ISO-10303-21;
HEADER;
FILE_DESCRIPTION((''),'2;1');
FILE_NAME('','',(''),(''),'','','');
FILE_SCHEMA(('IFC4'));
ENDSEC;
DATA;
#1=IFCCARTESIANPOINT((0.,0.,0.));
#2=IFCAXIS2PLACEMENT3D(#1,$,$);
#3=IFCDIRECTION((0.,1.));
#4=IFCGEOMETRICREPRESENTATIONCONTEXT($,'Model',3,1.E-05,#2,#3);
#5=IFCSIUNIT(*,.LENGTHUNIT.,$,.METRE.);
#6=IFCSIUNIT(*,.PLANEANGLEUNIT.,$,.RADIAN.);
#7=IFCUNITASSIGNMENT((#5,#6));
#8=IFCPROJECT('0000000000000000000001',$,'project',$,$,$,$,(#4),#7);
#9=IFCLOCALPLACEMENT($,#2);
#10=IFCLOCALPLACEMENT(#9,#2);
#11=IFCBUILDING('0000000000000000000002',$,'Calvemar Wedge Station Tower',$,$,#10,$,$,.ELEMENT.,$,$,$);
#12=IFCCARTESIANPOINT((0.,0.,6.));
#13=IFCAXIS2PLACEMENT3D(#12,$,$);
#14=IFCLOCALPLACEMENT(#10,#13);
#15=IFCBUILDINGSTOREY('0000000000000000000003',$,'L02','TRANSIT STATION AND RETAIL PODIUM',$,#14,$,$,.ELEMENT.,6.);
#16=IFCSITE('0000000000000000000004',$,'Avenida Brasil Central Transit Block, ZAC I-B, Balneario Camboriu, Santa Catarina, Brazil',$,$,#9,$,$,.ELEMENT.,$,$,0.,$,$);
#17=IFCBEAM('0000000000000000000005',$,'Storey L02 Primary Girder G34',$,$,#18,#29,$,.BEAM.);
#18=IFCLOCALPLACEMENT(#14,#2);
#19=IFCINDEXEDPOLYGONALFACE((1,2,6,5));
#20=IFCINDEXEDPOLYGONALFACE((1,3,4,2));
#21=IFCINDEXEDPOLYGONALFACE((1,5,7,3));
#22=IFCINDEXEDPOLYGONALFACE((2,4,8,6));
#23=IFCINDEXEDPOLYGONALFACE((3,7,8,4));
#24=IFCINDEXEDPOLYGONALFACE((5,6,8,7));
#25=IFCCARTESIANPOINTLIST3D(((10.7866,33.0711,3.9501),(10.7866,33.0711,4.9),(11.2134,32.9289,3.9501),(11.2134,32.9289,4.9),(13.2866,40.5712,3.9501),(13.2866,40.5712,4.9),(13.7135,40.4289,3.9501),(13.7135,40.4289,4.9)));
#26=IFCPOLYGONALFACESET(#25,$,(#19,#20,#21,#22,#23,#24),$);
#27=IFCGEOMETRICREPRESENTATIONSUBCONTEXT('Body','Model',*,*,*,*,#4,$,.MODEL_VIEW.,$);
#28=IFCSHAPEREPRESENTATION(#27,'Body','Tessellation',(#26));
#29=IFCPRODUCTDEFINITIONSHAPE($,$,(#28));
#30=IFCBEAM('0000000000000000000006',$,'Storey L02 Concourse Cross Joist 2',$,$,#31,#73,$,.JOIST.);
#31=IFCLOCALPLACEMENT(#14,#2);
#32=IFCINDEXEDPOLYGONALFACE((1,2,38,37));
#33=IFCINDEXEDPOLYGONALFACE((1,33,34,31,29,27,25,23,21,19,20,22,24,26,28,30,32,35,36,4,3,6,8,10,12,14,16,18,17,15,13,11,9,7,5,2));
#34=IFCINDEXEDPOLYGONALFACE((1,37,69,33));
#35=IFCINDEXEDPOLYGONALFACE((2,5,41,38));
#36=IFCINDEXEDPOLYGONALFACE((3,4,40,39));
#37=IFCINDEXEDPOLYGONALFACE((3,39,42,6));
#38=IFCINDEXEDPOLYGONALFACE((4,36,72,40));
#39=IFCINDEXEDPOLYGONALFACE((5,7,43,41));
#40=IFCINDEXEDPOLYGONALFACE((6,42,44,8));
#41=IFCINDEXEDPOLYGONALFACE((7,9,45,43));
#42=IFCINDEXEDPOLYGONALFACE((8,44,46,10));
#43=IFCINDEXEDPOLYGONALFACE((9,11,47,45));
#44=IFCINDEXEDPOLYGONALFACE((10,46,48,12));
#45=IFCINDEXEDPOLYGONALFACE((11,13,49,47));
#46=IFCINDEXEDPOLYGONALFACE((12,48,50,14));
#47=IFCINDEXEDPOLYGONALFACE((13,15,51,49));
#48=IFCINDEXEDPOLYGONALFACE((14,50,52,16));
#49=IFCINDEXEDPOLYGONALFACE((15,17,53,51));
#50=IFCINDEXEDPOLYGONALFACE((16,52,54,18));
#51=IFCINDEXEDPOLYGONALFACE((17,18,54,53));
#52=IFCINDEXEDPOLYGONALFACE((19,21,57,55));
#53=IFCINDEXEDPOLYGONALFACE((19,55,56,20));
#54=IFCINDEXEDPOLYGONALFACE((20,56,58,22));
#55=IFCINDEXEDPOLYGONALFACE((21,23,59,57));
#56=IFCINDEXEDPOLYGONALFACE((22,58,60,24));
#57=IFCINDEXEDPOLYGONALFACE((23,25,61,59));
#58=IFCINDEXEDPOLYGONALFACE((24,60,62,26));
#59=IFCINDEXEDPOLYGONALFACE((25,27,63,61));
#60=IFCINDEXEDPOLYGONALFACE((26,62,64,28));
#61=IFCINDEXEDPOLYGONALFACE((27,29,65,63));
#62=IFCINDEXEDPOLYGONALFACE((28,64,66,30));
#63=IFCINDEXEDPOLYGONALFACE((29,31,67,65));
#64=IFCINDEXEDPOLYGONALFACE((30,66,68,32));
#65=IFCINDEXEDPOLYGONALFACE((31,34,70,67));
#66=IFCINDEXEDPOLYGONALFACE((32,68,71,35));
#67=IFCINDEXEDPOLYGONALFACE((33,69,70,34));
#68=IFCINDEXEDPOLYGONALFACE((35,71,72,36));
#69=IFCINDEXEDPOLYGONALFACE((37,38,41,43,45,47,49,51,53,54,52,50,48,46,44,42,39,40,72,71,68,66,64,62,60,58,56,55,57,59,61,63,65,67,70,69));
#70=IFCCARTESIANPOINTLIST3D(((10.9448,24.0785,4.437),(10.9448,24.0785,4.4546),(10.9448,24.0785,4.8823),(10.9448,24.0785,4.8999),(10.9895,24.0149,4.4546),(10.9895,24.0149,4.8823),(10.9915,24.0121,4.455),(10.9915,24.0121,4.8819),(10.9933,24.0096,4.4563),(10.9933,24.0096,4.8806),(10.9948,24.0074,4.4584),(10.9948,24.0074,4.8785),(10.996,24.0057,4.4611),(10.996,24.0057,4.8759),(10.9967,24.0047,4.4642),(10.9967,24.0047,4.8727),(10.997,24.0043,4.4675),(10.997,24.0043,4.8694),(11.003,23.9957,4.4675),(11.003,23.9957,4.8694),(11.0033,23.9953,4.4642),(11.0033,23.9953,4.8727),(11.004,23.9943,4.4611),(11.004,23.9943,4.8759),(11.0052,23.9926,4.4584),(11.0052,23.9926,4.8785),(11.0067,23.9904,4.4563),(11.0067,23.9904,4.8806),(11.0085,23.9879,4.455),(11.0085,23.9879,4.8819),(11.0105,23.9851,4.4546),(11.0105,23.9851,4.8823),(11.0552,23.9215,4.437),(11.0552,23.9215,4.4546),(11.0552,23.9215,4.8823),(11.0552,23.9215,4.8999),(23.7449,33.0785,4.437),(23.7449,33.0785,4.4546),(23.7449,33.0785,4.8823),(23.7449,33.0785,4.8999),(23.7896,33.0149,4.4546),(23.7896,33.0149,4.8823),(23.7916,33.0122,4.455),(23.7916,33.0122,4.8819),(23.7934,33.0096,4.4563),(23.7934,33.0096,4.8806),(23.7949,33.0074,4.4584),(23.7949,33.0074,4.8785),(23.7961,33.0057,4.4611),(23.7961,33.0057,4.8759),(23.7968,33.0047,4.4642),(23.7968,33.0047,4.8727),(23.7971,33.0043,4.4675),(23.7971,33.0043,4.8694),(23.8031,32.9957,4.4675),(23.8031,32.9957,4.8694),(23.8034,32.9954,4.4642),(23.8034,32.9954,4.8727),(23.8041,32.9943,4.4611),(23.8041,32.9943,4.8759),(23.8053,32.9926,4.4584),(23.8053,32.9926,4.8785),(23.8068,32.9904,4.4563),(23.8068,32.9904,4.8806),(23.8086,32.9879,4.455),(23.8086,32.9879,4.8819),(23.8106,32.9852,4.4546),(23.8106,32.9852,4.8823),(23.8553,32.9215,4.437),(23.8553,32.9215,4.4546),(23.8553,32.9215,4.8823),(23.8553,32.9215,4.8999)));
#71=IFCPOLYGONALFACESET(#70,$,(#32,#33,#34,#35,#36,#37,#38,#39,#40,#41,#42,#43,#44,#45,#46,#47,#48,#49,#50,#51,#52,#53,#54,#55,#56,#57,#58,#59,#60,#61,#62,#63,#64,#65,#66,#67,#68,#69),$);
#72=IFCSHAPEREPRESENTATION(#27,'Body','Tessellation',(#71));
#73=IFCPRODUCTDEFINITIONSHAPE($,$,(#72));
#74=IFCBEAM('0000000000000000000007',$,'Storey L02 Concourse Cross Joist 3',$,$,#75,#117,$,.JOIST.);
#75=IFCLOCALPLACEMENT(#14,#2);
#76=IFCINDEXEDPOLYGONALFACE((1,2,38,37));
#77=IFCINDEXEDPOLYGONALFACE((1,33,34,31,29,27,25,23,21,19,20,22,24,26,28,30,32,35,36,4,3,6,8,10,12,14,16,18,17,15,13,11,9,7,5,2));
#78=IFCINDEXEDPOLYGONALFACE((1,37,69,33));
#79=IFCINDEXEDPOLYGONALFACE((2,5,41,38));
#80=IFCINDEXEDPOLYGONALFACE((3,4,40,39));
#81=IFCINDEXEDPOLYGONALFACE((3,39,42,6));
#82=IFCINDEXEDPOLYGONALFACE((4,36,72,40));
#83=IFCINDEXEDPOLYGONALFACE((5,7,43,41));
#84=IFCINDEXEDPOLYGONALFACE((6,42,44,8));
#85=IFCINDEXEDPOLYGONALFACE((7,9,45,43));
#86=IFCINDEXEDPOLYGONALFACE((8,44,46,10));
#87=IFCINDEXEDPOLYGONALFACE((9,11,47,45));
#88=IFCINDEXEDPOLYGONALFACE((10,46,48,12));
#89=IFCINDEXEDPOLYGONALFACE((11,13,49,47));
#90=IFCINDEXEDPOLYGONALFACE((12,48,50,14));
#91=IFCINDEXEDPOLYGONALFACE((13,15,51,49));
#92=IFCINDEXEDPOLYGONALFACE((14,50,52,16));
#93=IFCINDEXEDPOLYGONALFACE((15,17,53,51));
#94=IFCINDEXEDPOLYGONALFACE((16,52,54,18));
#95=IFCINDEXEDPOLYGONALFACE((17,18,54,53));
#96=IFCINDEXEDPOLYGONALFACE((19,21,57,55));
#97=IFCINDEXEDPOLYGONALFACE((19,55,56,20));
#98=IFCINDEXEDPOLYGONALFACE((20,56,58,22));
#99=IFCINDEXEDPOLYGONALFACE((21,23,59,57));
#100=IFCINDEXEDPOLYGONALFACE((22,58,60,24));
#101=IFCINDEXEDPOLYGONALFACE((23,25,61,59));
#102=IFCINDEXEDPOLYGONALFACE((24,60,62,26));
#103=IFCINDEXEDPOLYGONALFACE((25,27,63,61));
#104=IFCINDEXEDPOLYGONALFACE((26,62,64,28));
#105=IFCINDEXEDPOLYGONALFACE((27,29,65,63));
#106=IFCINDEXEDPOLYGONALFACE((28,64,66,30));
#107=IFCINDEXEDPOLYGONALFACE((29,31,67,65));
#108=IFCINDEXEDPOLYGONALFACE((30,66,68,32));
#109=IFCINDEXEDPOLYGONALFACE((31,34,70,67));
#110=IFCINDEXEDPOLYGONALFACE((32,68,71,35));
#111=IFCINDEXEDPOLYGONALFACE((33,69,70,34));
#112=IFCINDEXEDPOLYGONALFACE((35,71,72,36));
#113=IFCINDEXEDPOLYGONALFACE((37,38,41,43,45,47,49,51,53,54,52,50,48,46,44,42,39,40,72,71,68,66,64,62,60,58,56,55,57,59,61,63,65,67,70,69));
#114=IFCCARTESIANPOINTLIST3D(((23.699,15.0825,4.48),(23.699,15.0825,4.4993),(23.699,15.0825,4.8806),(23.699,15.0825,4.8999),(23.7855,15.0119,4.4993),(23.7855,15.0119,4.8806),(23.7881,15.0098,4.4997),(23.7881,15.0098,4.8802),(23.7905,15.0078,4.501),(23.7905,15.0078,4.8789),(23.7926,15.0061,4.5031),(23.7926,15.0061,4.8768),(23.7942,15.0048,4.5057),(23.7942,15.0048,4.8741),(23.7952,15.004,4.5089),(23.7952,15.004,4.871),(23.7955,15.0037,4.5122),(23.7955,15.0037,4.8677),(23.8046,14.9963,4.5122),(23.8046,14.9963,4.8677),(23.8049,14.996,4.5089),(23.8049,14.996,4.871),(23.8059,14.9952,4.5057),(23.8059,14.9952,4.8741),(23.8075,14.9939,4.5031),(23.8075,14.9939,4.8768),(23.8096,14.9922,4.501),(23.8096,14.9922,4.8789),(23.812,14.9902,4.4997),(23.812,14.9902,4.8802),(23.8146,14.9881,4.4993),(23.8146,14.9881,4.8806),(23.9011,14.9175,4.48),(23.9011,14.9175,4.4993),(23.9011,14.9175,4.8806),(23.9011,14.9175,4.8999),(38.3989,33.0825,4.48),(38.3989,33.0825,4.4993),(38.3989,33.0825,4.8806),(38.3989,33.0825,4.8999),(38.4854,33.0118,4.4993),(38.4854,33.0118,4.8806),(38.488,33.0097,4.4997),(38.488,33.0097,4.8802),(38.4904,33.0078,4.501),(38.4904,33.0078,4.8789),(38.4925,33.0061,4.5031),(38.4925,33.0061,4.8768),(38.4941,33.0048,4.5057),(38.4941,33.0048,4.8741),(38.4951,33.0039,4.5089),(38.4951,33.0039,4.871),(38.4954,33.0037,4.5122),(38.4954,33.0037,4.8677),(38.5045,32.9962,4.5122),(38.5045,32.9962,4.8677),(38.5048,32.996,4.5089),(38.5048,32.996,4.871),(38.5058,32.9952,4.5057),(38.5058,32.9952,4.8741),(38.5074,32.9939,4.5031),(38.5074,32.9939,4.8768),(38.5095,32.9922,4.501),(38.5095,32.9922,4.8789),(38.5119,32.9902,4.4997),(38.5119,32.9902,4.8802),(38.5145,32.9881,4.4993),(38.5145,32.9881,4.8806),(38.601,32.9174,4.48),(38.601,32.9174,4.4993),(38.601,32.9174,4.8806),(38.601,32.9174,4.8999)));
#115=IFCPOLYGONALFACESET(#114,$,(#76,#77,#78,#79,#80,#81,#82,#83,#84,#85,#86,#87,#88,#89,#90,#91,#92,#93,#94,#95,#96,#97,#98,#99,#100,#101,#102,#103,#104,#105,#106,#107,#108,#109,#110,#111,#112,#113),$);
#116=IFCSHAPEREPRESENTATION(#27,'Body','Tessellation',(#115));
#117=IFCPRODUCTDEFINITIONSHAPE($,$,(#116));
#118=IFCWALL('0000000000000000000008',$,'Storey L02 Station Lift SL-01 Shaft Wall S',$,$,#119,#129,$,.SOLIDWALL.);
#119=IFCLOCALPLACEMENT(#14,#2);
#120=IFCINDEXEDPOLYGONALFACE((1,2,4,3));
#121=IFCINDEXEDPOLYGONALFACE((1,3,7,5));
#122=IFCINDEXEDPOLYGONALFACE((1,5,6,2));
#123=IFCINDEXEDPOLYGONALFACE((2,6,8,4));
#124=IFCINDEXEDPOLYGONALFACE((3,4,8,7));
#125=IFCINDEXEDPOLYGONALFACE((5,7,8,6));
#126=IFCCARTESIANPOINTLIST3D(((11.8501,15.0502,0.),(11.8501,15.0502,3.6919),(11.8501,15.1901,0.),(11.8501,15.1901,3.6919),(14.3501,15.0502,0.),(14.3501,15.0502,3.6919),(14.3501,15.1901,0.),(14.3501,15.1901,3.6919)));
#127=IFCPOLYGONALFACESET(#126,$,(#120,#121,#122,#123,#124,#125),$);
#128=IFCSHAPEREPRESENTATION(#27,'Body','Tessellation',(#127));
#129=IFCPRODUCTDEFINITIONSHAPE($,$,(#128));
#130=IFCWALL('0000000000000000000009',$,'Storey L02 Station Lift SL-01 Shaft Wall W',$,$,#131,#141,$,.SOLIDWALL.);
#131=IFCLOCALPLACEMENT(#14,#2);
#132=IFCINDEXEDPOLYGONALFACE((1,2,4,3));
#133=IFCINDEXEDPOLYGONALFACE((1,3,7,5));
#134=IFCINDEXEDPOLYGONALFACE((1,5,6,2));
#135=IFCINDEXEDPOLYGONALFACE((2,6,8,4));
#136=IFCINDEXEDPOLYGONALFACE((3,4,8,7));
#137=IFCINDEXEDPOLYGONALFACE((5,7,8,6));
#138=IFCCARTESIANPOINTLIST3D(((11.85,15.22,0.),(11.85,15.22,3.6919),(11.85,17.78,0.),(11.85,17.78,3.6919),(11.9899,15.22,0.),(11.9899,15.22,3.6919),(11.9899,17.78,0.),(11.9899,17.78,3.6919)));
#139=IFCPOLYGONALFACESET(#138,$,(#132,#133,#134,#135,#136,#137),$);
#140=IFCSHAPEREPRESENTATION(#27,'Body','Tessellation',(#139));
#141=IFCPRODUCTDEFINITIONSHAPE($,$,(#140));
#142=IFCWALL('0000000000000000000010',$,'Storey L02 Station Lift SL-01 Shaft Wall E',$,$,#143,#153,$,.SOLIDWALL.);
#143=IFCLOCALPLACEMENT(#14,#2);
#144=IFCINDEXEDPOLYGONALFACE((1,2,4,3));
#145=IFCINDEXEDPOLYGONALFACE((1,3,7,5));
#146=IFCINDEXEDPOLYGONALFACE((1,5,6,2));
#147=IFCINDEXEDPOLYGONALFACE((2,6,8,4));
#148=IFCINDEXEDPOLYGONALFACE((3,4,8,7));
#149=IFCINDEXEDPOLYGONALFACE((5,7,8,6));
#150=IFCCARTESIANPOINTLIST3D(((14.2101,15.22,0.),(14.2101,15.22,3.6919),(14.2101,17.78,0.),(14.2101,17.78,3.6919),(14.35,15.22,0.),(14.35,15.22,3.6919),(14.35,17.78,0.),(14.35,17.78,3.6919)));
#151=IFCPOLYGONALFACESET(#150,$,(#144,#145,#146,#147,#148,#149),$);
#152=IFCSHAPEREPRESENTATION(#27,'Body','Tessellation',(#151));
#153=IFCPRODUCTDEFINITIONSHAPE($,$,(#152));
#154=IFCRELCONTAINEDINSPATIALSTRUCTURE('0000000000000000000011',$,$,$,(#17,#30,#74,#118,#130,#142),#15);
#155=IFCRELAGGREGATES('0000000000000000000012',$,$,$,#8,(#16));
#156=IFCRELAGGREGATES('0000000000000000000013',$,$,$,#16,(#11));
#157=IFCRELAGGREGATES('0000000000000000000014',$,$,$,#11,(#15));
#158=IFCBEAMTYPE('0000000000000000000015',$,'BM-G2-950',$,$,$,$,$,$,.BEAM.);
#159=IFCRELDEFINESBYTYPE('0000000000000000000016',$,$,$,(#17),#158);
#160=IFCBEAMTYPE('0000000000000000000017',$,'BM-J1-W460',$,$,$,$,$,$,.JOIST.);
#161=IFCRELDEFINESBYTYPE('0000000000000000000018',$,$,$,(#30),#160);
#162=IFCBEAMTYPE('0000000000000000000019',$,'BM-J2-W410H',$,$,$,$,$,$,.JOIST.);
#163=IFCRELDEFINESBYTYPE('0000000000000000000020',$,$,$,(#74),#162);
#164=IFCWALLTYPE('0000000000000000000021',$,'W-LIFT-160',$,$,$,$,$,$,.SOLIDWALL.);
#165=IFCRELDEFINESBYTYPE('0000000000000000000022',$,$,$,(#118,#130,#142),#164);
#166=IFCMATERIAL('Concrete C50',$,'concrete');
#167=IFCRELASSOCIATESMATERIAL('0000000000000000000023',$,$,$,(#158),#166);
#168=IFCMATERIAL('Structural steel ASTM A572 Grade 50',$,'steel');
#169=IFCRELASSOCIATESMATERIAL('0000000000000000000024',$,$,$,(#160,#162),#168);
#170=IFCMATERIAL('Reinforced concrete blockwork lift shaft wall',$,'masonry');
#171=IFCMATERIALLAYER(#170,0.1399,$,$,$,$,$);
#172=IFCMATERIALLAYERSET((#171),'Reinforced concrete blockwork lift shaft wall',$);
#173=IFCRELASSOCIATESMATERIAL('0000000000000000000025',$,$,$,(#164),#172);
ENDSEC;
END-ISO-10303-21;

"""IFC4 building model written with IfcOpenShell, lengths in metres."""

from ifc_helpers import new_model, si_unit, direction, frame, frame_2d, origin, origin_2d, place, context, subcontext, project, spatial, rectangle, i_section, extrude, source, transform, mapped, material, layer, layer_set, material_profile, profile_set, type_object, element, save


model = new_model("IFC4")

# Units and contexts
model_context = context("Model", 3, precision=1e-05, world=origin(), true_north=direction((0.0, 1.0)))
body_context = subcontext(model_context, "Body", "Model", "MODEL_VIEW")
ifc_project = project(units=[si_unit("LENGTHUNIT", "METRE"), si_unit("PLANEANGLEUNIT", "RADIAN")], contexts=[model_context])

# Site, building, storey
site_placement = place(None, origin())
site = spatial("IfcSite", under=ifc_project, at=site_placement, Name="Avenida Brasil Central Transit Block, ZAC I-B, Balneario Camboriu, Santa Catarina, Brazil", CompositionType="ELEMENT", RefElevation=0.0)
building_placement = place(site_placement, origin())
building = spatial("IfcBuilding", under=site, at=building_placement, Name="Calvemar Wedge Station Tower", CompositionType="ELEMENT")
storey_placement = place(building_placement, frame((0.0, 0.0, 6.0)))
storey = spatial("IfcBuildingStorey", under=building, at=storey_placement, Name="L02", Description="TRANSIT STATION AND RETAIL PODIUM", CompositionType="ELEMENT", Elevation=6.0)

# Beams
ifc_material_1 = material(Name="Structural steel ASTM A572 Grade 50", Category="steel")
ifc_material_2 = material(Name="Concrete C50", Category="concrete")
ifc_material_profile_1 = material_profile(ifc_material_2, rectangle(XDim=0.45, YDim=0.95, at=origin_2d()), Name="RC450x950")
ifc_profile_set_1 = profile_set([ifc_material_profile_1], Name="Concrete C50")
beam_type_1 = type_object("IfcBeamType", Name="BM-G2-950", PredefinedType="BEAM", material=ifc_profile_set_1)
shared_shape_1 = source(origin(), body_context, "Body", "SweptSolid", [
    extrude(rectangle(XDim=0.45, YDim=0.95, at=origin_2d()), origin(), (0.0, 0.0, 1.0), 7.9058),
])
beam_1_placement = place(storey_placement, frame((11.0, 33.0, 4.425), z_axis=(0.316228, 0.948683, 0.0), x_axis=(-0.948683, 0.316228, 0.0)))
element("IfcBeam", 1, at=beam_1_placement, inside=storey, type_object=beam_type_1, Name="Storey L02 Primary Girder G34", PredefinedType="BEAM", context=body_context, shape_type="MappedRepresentation", body=[
    mapped(shared_shape_1, transform((0.0, 0.0, 0.0), scale=1.0)),
])
ifc_material_profile_2 = material_profile(ifc_material_1, i_section(OverallWidth=0.1919, OverallDepth=0.4629, WebThickness=0.0105, FlangeThickness=0.0176, FilletRadius=0.0129, at=origin_2d()), Name="W460x89")
ifc_profile_set_2 = profile_set([ifc_material_profile_2], Name="Structural steel ASTM A572 Grade 50")
beam_type_2 = type_object("IfcBeamType", Name="BM-J1-W460", PredefinedType="JOIST", material=ifc_profile_set_2)
shared_shape_2 = source(origin(), body_context, "Body", "SweptSolid", [
    extrude(i_section(OverallWidth=0.1919, OverallDepth=0.4629, WebThickness=0.0105, FlangeThickness=0.0176, FilletRadius=0.0129, at=origin_2d()), origin(), (0.0, 0.0, 1.0), 15.6475),
])
beam_2_placement = place(storey_placement, frame((11.0, 24.0, 4.6685), z_axis=(0.81803, 0.575175, 0.0), x_axis=(-0.575175, 0.81803, 0.0)))
element("IfcBeam", 2, at=beam_2_placement, inside=storey, type_object=beam_type_2, Name="Storey L02 Concourse Cross Joist 2", PredefinedType="JOIST", context=body_context, shape_type="MappedRepresentation", body=[
    mapped(shared_shape_2, transform((0.0, 0.0, 0.0), scale=1.0)),
])
ifc_material_profile_3 = material_profile(ifc_material_1, i_section(OverallWidth=0.261, OverallDepth=0.4199, WebThickness=0.0117, FlangeThickness=0.0193, FilletRadius=0.0129, at=origin_2d()), Name="W410x114")
ifc_profile_set_3 = profile_set([ifc_material_profile_3], Name="Structural steel ASTM A572 Grade 50")
beam_type_3 = type_object("IfcBeamType", Name="BM-J2-W410H", PredefinedType="JOIST", material=ifc_profile_set_3)
shared_shape_3 = source(origin(), body_context, "Body", "SweptSolid", [
    extrude(i_section(OverallWidth=0.261, OverallDepth=0.4199, WebThickness=0.0117, FlangeThickness=0.0193, FilletRadius=0.0129, at=origin_2d()), origin(), (0.0, 0.0, 1.0), 23.2397),
])
beam_3_placement = place(storey_placement, frame((23.8, 15.0, 4.6899), z_axis=(0.632533, 0.774533, 0.0), x_axis=(-0.774533, 0.632533, 0.0)))
element("IfcBeam", 3, at=beam_3_placement, inside=storey, type_object=beam_type_3, Name="Storey L02 Concourse Cross Joist 3", PredefinedType="JOIST", context=body_context, shape_type="MappedRepresentation", body=[
    mapped(shared_shape_3, transform((0.0, 0.0, 0.0), scale=1.0)),
])

# Shared definitions
ifc_material_3 = material(Name="Reinforced concrete blockwork lift shaft wall", Category="masonry")
ifc_layer = layer(ifc_material_3, 0.1399)
ifc_layer_set = layer_set([ifc_layer], Name="Reinforced concrete blockwork lift shaft wall")
wall_type = type_object("IfcWallType", Name="W-LIFT-160", PredefinedType="SOLIDWALL", material=ifc_layer_set)

# Walls
wall_1_placement = place(storey_placement, frame((11.8501, 15.1201, 0.0), z_axis=(0.0, 0.0, 1.0), x_axis=(1.0, 0.0, 0.0)))
element("IfcWall", 4, at=wall_1_placement, inside=storey, type_object=wall_type, Name="Storey L02 Station Lift SL-01 Shaft Wall S", PredefinedType="SOLIDWALL", context=body_context, shape_type="SweptSolid", body=[
    extrude(rectangle(XDim=2.5, YDim=0.1399, at=frame_2d((1.25, 0.0))), origin(), (0.0, 0.0, 1.0), 3.6919),
])
for number, where, z_axis, x_axis, name in (
    (5, (11.9199, 15.22, 0.0), (0.0, 0.0, 1.0), (0.0, 1.0, 0.0), "Storey L02 Station Lift SL-01 Shaft Wall W"),
    (6, (14.28, 15.22, 0.0), (0.0, 0.0, 1.0), (0.0, 1.0, 0.0), "Storey L02 Station Lift SL-01 Shaft Wall E"),
):
    element("IfcWall", number, at=place(storey_placement, frame(where, z_axis=z_axis, x_axis=x_axis)), inside=storey, type_object=wall_type, Name=name, PredefinedType="SOLIDWALL", context=body_context, shape_type="SweptSolid", body=[
        extrude(rectangle(XDim=2.5601, YDim=0.1399, at=frame_2d((1.28, 0.0))), origin(), (0.0, 0.0, 1.0), 3.6919),
    ])

save(model, "model.ifc")
